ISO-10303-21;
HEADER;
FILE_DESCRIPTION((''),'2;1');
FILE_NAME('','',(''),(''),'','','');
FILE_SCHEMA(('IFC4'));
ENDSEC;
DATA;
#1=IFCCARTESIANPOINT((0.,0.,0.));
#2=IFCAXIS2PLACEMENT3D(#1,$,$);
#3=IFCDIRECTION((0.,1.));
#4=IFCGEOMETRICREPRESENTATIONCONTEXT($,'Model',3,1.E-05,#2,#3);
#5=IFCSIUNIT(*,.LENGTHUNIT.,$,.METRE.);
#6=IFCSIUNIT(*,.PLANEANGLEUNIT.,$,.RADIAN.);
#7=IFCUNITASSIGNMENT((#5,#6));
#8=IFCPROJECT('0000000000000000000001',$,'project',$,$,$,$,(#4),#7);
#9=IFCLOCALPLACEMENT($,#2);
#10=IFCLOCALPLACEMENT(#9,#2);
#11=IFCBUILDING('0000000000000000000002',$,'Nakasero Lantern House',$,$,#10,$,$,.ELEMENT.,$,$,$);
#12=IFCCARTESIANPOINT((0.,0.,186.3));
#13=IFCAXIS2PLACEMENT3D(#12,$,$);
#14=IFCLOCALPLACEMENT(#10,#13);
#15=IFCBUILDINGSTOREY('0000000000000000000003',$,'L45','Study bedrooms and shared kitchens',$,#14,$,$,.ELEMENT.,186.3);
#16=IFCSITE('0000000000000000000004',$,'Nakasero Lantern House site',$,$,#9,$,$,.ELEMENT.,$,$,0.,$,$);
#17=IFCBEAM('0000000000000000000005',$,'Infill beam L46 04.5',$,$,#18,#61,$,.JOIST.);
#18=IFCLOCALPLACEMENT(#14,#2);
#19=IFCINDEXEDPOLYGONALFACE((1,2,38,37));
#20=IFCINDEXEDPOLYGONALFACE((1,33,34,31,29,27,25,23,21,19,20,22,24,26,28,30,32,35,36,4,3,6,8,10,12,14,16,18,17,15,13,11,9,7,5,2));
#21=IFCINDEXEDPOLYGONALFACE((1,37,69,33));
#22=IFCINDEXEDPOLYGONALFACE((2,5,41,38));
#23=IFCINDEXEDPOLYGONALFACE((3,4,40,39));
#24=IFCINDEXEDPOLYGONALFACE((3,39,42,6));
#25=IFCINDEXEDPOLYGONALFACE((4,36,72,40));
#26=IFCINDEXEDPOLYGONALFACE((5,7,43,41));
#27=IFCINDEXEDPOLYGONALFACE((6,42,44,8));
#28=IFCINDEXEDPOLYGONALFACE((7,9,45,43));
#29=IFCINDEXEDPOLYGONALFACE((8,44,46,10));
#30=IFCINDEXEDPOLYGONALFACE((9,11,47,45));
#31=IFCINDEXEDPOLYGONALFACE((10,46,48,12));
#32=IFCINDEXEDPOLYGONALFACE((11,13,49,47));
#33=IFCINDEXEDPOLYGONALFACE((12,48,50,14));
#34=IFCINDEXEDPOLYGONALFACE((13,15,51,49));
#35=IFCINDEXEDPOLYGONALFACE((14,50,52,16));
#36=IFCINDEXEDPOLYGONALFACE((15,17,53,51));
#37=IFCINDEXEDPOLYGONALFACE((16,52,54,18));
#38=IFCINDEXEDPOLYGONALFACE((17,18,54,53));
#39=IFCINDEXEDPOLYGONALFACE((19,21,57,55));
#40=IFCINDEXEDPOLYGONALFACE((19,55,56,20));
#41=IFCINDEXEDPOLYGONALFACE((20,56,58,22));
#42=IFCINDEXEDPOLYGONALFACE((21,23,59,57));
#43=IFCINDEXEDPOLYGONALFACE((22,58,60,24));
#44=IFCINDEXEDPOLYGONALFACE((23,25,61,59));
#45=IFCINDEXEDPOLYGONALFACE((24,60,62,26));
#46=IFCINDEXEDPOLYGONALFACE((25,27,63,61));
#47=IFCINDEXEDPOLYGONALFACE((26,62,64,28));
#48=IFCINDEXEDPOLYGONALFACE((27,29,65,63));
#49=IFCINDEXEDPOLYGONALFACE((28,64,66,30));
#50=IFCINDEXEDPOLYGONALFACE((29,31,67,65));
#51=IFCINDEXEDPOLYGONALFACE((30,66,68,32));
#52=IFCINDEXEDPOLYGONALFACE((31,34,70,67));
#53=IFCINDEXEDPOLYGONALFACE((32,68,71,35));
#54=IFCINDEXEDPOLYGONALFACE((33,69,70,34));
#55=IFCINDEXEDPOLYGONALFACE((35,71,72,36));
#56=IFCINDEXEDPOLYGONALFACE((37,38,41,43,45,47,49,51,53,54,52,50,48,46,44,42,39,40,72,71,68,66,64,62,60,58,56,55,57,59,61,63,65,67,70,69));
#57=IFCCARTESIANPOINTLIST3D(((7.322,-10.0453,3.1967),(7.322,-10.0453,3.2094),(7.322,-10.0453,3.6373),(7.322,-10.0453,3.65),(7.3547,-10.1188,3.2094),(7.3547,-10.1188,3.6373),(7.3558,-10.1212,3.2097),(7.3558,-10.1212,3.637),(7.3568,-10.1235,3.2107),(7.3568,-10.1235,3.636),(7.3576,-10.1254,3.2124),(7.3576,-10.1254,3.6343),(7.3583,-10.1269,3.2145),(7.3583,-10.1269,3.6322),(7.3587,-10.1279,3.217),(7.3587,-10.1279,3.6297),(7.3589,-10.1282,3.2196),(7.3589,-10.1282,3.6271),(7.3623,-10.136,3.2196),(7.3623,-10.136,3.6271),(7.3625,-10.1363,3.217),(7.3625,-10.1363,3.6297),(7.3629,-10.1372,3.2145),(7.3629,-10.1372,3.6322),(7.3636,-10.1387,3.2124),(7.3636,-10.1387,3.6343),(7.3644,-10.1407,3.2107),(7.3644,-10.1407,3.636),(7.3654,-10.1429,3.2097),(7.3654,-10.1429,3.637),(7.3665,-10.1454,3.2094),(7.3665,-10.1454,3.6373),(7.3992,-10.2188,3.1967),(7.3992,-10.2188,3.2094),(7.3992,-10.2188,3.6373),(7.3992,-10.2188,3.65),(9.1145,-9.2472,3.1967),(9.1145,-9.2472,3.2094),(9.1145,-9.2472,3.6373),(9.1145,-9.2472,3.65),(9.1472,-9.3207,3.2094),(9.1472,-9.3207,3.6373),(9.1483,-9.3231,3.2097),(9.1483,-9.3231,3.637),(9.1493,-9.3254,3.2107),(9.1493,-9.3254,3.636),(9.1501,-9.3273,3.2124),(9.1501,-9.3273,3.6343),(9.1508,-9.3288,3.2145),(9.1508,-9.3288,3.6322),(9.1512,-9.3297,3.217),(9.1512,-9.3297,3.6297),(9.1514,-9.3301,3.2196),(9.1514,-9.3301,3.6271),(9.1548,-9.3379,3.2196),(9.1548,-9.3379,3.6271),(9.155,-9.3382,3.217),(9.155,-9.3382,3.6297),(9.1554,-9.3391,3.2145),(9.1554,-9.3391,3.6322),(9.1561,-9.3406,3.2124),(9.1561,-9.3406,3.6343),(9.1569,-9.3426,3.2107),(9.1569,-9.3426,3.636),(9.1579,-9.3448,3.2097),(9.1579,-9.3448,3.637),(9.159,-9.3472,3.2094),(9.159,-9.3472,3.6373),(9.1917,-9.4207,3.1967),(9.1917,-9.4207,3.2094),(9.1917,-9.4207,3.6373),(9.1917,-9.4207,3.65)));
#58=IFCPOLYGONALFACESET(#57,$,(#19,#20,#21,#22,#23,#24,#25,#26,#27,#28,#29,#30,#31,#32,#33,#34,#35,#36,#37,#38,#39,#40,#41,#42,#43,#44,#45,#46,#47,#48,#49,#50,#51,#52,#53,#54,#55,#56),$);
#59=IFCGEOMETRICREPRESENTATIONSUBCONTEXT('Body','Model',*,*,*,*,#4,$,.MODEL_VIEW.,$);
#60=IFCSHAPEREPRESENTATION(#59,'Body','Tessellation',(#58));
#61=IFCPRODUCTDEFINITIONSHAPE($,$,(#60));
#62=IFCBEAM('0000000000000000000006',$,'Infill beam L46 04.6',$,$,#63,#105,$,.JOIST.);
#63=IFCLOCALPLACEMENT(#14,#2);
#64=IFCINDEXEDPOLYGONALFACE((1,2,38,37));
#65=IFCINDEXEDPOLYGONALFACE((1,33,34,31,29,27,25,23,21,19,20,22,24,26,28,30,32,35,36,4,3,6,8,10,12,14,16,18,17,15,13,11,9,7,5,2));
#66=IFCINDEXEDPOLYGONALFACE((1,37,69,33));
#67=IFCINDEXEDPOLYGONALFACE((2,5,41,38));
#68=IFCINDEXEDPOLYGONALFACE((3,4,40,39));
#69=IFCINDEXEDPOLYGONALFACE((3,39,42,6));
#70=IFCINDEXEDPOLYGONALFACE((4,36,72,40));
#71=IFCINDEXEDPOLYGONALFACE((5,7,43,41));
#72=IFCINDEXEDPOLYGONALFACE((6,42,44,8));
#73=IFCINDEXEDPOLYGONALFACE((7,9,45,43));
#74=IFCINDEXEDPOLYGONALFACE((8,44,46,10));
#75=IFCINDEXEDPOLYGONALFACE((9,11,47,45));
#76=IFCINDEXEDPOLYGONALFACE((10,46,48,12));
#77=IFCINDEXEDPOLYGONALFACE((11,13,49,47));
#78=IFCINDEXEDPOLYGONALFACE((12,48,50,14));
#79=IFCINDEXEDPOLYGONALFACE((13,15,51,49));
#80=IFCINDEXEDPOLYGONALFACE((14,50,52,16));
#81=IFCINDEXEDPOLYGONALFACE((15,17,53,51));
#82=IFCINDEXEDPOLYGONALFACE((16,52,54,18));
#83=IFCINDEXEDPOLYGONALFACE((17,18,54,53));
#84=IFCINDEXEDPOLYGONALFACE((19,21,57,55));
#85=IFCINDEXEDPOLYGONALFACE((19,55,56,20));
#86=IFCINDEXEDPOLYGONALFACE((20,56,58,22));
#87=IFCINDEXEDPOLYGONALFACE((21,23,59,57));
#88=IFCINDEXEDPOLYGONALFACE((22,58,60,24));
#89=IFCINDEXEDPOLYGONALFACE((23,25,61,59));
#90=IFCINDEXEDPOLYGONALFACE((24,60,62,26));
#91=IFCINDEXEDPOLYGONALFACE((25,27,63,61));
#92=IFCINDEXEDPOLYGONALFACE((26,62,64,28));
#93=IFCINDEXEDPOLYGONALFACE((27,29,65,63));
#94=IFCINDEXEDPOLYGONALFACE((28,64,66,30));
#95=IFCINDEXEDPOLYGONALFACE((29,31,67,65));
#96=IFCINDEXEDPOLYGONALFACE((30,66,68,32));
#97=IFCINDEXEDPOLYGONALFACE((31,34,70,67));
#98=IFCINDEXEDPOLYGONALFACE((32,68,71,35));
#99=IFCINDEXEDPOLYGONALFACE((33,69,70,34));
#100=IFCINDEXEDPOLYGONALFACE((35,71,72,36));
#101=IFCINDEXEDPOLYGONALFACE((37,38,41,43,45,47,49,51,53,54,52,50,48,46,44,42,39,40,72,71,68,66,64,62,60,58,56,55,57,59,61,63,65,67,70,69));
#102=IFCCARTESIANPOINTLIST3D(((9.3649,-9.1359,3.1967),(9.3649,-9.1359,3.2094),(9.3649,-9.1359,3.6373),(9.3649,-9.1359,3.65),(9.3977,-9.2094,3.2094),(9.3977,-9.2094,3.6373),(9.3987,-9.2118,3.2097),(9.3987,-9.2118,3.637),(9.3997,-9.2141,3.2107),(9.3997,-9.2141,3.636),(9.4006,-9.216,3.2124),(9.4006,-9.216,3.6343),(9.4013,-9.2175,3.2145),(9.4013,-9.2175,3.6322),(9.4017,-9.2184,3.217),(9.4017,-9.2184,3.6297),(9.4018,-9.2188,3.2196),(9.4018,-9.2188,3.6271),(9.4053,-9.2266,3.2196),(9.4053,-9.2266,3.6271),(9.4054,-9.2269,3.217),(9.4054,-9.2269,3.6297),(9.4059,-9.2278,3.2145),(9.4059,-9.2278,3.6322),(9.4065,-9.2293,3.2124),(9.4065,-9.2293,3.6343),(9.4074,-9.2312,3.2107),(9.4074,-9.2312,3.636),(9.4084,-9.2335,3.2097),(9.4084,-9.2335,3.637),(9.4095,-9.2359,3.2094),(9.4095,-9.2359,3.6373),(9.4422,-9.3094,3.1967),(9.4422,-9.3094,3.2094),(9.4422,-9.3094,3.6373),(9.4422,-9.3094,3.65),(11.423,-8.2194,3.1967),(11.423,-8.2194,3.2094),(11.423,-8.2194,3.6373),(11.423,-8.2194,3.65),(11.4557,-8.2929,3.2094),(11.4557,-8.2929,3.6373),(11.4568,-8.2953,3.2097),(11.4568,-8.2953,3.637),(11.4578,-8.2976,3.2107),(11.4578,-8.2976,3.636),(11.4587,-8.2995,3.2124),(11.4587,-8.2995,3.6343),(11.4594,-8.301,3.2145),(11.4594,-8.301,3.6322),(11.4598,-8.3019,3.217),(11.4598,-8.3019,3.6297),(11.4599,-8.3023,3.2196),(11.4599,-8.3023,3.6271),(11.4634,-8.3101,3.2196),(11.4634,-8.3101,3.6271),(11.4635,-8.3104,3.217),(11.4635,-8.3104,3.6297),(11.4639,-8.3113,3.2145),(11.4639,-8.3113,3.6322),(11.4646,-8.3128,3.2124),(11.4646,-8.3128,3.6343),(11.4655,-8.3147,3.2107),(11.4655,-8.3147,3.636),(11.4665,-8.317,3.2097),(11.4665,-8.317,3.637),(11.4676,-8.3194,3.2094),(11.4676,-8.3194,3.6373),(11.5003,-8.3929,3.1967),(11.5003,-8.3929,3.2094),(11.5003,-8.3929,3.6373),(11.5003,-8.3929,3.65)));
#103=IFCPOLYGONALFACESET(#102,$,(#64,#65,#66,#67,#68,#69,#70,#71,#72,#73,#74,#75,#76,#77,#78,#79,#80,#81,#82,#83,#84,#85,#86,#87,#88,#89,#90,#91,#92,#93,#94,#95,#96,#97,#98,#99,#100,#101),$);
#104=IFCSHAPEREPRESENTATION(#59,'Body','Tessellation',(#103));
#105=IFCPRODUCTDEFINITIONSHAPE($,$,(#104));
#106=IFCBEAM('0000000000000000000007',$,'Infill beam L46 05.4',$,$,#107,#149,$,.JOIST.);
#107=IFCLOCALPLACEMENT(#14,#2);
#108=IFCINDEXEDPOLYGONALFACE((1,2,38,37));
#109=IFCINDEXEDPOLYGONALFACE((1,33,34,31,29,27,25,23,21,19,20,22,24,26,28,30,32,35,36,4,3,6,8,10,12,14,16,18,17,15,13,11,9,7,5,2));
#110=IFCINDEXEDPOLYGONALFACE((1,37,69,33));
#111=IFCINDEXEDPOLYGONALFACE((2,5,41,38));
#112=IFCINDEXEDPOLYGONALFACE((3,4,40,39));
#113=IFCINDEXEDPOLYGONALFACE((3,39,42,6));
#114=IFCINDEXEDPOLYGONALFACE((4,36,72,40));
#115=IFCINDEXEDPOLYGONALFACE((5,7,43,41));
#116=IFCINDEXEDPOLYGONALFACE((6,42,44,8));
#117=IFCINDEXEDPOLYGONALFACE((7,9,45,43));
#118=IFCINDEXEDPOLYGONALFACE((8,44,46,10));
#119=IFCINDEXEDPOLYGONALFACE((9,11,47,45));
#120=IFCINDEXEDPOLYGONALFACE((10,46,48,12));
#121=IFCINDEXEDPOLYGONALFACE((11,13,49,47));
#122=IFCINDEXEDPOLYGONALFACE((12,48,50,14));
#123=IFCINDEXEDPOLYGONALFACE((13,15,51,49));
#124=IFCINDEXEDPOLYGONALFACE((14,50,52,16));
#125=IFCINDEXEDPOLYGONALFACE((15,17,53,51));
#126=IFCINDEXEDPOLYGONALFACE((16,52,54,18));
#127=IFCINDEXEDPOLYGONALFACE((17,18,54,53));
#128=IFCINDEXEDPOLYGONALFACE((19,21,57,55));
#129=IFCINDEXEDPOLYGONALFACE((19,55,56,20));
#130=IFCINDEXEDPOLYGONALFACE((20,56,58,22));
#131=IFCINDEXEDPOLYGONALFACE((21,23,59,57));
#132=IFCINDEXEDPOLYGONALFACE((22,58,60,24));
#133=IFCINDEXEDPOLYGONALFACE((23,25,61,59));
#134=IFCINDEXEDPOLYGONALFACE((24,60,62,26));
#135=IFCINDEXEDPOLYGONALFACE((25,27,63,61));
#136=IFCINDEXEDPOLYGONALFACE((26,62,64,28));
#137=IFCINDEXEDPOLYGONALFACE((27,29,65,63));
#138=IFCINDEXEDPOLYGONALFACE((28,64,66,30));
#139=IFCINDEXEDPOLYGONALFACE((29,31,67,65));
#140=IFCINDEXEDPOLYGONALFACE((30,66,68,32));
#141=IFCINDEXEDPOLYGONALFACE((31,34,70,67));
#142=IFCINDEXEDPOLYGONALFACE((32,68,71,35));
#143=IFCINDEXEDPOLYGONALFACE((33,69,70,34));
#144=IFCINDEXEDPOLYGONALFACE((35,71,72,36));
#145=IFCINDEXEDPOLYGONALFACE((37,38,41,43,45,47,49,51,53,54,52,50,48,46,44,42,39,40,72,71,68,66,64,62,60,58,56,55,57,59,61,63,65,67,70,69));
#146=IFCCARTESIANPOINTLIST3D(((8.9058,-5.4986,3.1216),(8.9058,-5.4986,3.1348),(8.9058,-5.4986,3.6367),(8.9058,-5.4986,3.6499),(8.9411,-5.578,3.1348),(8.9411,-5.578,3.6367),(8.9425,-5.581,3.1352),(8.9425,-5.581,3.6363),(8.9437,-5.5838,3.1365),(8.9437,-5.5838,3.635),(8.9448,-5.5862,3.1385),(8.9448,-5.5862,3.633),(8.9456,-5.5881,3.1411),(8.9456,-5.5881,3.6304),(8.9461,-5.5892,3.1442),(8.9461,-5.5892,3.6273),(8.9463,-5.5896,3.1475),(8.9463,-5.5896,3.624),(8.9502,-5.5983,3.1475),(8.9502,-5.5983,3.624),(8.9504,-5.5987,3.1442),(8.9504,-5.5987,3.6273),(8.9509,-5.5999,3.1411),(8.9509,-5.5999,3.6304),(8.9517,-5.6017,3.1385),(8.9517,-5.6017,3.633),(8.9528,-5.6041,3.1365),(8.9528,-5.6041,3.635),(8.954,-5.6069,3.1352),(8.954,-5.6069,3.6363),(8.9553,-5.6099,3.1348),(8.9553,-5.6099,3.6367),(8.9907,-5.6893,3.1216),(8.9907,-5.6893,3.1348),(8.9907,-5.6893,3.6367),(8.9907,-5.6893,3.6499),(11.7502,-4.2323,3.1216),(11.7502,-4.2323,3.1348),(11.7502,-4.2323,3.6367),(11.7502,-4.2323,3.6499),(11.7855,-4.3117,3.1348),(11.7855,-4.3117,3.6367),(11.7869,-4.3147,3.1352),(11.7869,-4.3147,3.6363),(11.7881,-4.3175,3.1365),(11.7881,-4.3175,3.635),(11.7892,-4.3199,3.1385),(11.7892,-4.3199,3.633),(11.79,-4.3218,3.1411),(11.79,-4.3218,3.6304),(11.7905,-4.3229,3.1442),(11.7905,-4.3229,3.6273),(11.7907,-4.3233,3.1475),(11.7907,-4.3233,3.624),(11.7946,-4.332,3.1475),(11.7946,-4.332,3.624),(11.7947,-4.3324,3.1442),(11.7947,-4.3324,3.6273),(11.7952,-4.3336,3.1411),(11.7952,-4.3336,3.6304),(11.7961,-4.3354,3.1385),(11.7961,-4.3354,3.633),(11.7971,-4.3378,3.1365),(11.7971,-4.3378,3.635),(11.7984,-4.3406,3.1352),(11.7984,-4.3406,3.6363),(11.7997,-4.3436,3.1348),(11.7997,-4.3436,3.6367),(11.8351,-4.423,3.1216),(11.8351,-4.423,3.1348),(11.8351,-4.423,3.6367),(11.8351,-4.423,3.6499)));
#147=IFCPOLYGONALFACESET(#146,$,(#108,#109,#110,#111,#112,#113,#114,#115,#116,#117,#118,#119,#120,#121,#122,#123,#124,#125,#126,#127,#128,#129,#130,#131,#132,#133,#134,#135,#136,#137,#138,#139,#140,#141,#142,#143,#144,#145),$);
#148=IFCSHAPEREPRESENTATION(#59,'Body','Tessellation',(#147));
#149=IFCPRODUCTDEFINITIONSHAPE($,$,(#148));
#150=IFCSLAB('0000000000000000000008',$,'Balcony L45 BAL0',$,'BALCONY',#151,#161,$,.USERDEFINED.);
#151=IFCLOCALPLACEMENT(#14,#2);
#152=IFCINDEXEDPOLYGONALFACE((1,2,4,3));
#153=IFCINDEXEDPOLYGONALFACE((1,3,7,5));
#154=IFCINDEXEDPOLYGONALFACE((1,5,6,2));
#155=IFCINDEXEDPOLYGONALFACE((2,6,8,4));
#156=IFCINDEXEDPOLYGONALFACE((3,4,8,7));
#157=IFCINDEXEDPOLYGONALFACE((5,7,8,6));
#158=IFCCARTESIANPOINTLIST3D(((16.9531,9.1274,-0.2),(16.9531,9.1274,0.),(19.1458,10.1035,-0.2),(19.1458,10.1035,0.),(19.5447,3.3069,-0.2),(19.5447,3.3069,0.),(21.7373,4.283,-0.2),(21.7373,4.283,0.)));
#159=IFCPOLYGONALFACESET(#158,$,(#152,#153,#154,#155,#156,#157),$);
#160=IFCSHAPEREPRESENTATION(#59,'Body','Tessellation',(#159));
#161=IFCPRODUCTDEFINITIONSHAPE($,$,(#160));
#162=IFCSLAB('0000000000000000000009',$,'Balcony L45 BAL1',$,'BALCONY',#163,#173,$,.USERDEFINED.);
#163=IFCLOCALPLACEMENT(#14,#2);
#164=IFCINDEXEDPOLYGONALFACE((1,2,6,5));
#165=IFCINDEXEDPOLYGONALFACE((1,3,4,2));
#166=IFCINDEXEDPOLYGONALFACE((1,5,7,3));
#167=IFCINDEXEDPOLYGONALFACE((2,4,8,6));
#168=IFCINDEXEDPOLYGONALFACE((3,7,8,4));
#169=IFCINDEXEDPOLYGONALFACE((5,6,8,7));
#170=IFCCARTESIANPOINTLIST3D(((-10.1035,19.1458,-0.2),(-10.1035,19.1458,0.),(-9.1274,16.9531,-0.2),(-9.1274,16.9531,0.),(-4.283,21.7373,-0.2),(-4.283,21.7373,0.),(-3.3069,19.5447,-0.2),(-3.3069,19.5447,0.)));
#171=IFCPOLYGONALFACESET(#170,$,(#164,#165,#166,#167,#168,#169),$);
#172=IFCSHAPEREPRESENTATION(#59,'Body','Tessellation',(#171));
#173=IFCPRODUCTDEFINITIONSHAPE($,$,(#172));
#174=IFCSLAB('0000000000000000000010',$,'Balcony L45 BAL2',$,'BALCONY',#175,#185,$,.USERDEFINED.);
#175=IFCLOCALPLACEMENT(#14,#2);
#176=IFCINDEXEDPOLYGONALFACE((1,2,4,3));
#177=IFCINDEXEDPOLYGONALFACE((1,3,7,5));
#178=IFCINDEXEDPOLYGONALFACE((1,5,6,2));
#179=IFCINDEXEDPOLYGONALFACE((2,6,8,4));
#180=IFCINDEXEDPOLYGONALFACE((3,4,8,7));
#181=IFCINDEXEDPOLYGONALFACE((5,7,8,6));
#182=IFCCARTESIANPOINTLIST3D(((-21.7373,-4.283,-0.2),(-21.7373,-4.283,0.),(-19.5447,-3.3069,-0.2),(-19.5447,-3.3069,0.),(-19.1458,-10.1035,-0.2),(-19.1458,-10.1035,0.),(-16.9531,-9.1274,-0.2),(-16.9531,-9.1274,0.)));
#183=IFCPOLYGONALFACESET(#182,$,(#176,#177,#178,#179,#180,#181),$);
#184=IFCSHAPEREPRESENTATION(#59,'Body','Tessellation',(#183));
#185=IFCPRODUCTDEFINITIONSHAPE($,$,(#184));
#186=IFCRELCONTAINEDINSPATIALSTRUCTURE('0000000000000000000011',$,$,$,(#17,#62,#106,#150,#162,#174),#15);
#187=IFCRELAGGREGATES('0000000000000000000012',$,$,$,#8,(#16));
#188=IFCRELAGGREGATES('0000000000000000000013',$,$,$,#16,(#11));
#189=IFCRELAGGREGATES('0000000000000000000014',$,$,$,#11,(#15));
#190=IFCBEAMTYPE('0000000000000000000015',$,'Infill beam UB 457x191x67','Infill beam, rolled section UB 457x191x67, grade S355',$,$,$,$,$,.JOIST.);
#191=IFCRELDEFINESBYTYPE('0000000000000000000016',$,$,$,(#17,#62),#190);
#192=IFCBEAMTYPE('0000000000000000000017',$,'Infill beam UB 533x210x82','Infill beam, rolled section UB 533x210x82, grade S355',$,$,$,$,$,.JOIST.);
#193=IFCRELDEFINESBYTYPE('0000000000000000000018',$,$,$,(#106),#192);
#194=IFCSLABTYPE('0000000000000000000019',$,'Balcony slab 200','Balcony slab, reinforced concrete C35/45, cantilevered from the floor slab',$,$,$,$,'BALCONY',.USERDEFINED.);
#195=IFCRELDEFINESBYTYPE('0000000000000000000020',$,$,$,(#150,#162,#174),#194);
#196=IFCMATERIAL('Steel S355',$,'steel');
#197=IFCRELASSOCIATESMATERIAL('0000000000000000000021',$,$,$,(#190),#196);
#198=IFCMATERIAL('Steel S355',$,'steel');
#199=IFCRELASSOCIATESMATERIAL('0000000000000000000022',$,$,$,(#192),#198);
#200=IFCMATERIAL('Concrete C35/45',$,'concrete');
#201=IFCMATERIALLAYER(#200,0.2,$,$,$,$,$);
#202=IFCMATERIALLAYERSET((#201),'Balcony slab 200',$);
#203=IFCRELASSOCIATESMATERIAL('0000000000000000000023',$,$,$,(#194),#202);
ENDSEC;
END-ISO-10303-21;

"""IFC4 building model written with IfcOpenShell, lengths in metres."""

from ifc_helpers import new_model, si_unit, direction, frame, origin, origin_2d, place, context, subcontext, project, spatial, polyline, i_section, outline, extrude, material, layer, layer_set, material_profile, profile_set, type_object, element, save


model = new_model("IFC4")

# Units and contexts
model_context = context("Model", 3, precision=1e-05, world=origin(), true_north=direction((0.0, 1.0)))
body_context = subcontext(model_context, "Body", "Model", "MODEL_VIEW")
ifc_project = project(units=[si_unit("LENGTHUNIT", "METRE"), si_unit("PLANEANGLEUNIT", "RADIAN")], contexts=[model_context])

# Site, building, storey
site_placement = place(None, origin())
site = spatial("IfcSite", under=ifc_project, at=site_placement, Name="Nakasero Lantern House site", CompositionType="ELEMENT", RefElevation=0.0)
building_placement = place(site_placement, origin())
building = spatial("IfcBuilding", under=site, at=building_placement, Name="Nakasero Lantern House", CompositionType="ELEMENT")
storey_placement = place(building_placement, frame((0.0, 0.0, 186.3)))
storey = spatial("IfcBuildingStorey", under=building, at=storey_placement, Name="L45", Description="Study bedrooms and shared kitchens", CompositionType="ELEMENT", Elevation=186.3)

# Beams
ifc_material_1 = material(Name="Steel S355", Category="steel")
ifc_material_profile_1 = material_profile(ifc_material_1, i_section(OverallWidth=0.1899, OverallDepth=0.4534, WebThickness=0.0085, FlangeThickness=0.0127, FilletRadius=0.0103, at=origin_2d()), Name="UB 457x191x67")
ifc_profile_set_1 = profile_set([ifc_material_profile_1], Name="Steel S355")
beam_type_1 = type_object("IfcBeamType", Name="Infill beam UB 457x191x67", Description="Infill beam, rolled section UB 457x191x67, grade S355", PredefinedType="JOIST", material=ifc_profile_set_1)
beam_1_placement = place(storey_placement, frame((7.3606, -10.1321, 3.4233), z_axis=(0.913539, 0.40675, 0.0), x_axis=(-0.40675, 0.913539, 0.0)))
element("IfcBeam", 1, at=beam_1_placement, inside=storey, type_object=beam_type_1, Name="Infill beam L46 04.5", PredefinedType="JOIST", context=body_context, shape_type="SweptSolid", body=[
    extrude(i_section(OverallWidth=0.1899, OverallDepth=0.4534, WebThickness=0.0085, FlangeThickness=0.0127, FilletRadius=0.0103, at=origin_2d()), origin(), (0.0, 0.0, 1.0), 1.9622),
])
beam_2_placement = place(storey_placement, frame((9.4036, -9.2227, 3.4233), z_axis=(0.913516, 0.406802, 0.0), x_axis=(-0.406802, 0.913516, 0.0)))
element("IfcBeam", 2, at=beam_2_placement, inside=storey, type_object=beam_type_1, Name="Infill beam L46 04.6", PredefinedType="JOIST", context=body_context, shape_type="SweptSolid", body=[
    extrude(i_section(OverallWidth=0.1899, OverallDepth=0.4534, WebThickness=0.0085, FlangeThickness=0.0127, FilletRadius=0.0103, at=origin_2d()), origin(), (0.0, 0.0, 1.0), 2.2529),
])
ifc_material_2 = material(Name="Steel S355", Category="steel")
ifc_material_profile_2 = material_profile(ifc_material_2, i_section(OverallWidth=0.2087, OverallDepth=0.5283, WebThickness=0.0095, FlangeThickness=0.0132, FilletRadius=0.0127, at=origin_2d()), Name="UB 533x210x82")
ifc_profile_set_2 = profile_set([ifc_material_profile_2], Name="Steel S355")
beam_type_2 = type_object("IfcBeamType", Name="Infill beam UB 533x210x82", Description="Infill beam, rolled section UB 533x210x82, grade S355", PredefinedType="JOIST", material=ifc_profile_set_2)
beam_3_placement = place(storey_placement, frame((8.9482, -5.594, 3.3857), z_axis=(0.913556, 0.406713, 0.0), x_axis=(-0.406713, 0.913556, 0.0)))
element("IfcBeam", 3, at=beam_3_placement, inside=storey, type_object=beam_type_2, Name="Infill beam L46 05.4", PredefinedType="JOIST", context=body_context, shape_type="SweptSolid", body=[
    extrude(i_section(OverallWidth=0.2087, OverallDepth=0.5283, WebThickness=0.0095, FlangeThickness=0.0132, FilletRadius=0.0127, at=origin_2d()), origin(), (0.0, 0.0, 1.0), 3.1135),
])

# Slabs
ifc_material_3 = material(Name="Concrete C35/45", Category="concrete")
ifc_layer_1 = layer(ifc_material_3, 0.2)
ifc_layer_set_1 = layer_set([ifc_layer_1], Name="Balcony slab 200")
slab_type_1 = type_object("IfcSlabType", Name="Balcony slab 200", Description="Balcony slab, reinforced concrete C35/45, cantilevered from the floor slab", ElementType="BALCONY", PredefinedType="USERDEFINED", material=ifc_layer_set_1)
slab_1_placement = place(storey_placement, frame((0.0, 0.0, -0.2)))
element("IfcSlab", 4, at=slab_1_placement, inside=storey, type_object=slab_type_1, Name="Balcony L45 BAL0", ObjectType="BALCONY", PredefinedType="USERDEFINED", context=body_context, shape_type="SweptSolid", body=[
    extrude(outline(polyline([(19.5447, 3.3069), (21.7373, 4.283), (19.1458, 10.1035), (16.9531, 9.1274), (19.5447, 3.3069)])), origin(), (0.0, 0.0, 1.0), 0.2),
])
slab_2_placement = place(storey_placement, frame((0.0, 0.0, -0.2)))
element("IfcSlab", 5, at=slab_2_placement, inside=storey, type_object=slab_type_1, Name="Balcony L45 BAL1", ObjectType="BALCONY", PredefinedType="USERDEFINED", context=body_context, shape_type="SweptSolid", body=[
    extrude(outline(polyline([(-3.3069, 19.5447), (-4.283, 21.7373), (-10.1035, 19.1458), (-9.1274, 16.9531), (-3.3069, 19.5447)])), origin(), (0.0, 0.0, 1.0), 0.2),
])
slab_3_placement = place(storey_placement, frame((0.0, 0.0, -0.2)))
element("IfcSlab", 6, at=slab_3_placement, inside=storey, type_object=slab_type_1, Name="Balcony L45 BAL2", ObjectType="BALCONY", PredefinedType="USERDEFINED", context=body_context, shape_type="SweptSolid", body=[
    extrude(outline(polyline([(-19.5447, -3.3069), (-21.7373, -4.283), (-19.1458, -10.1035), (-16.9531, -9.1274), (-19.5447, -3.3069)])), origin(), (0.0, 0.0, 1.0), 0.2),
])

save(model, "model.ifc")
